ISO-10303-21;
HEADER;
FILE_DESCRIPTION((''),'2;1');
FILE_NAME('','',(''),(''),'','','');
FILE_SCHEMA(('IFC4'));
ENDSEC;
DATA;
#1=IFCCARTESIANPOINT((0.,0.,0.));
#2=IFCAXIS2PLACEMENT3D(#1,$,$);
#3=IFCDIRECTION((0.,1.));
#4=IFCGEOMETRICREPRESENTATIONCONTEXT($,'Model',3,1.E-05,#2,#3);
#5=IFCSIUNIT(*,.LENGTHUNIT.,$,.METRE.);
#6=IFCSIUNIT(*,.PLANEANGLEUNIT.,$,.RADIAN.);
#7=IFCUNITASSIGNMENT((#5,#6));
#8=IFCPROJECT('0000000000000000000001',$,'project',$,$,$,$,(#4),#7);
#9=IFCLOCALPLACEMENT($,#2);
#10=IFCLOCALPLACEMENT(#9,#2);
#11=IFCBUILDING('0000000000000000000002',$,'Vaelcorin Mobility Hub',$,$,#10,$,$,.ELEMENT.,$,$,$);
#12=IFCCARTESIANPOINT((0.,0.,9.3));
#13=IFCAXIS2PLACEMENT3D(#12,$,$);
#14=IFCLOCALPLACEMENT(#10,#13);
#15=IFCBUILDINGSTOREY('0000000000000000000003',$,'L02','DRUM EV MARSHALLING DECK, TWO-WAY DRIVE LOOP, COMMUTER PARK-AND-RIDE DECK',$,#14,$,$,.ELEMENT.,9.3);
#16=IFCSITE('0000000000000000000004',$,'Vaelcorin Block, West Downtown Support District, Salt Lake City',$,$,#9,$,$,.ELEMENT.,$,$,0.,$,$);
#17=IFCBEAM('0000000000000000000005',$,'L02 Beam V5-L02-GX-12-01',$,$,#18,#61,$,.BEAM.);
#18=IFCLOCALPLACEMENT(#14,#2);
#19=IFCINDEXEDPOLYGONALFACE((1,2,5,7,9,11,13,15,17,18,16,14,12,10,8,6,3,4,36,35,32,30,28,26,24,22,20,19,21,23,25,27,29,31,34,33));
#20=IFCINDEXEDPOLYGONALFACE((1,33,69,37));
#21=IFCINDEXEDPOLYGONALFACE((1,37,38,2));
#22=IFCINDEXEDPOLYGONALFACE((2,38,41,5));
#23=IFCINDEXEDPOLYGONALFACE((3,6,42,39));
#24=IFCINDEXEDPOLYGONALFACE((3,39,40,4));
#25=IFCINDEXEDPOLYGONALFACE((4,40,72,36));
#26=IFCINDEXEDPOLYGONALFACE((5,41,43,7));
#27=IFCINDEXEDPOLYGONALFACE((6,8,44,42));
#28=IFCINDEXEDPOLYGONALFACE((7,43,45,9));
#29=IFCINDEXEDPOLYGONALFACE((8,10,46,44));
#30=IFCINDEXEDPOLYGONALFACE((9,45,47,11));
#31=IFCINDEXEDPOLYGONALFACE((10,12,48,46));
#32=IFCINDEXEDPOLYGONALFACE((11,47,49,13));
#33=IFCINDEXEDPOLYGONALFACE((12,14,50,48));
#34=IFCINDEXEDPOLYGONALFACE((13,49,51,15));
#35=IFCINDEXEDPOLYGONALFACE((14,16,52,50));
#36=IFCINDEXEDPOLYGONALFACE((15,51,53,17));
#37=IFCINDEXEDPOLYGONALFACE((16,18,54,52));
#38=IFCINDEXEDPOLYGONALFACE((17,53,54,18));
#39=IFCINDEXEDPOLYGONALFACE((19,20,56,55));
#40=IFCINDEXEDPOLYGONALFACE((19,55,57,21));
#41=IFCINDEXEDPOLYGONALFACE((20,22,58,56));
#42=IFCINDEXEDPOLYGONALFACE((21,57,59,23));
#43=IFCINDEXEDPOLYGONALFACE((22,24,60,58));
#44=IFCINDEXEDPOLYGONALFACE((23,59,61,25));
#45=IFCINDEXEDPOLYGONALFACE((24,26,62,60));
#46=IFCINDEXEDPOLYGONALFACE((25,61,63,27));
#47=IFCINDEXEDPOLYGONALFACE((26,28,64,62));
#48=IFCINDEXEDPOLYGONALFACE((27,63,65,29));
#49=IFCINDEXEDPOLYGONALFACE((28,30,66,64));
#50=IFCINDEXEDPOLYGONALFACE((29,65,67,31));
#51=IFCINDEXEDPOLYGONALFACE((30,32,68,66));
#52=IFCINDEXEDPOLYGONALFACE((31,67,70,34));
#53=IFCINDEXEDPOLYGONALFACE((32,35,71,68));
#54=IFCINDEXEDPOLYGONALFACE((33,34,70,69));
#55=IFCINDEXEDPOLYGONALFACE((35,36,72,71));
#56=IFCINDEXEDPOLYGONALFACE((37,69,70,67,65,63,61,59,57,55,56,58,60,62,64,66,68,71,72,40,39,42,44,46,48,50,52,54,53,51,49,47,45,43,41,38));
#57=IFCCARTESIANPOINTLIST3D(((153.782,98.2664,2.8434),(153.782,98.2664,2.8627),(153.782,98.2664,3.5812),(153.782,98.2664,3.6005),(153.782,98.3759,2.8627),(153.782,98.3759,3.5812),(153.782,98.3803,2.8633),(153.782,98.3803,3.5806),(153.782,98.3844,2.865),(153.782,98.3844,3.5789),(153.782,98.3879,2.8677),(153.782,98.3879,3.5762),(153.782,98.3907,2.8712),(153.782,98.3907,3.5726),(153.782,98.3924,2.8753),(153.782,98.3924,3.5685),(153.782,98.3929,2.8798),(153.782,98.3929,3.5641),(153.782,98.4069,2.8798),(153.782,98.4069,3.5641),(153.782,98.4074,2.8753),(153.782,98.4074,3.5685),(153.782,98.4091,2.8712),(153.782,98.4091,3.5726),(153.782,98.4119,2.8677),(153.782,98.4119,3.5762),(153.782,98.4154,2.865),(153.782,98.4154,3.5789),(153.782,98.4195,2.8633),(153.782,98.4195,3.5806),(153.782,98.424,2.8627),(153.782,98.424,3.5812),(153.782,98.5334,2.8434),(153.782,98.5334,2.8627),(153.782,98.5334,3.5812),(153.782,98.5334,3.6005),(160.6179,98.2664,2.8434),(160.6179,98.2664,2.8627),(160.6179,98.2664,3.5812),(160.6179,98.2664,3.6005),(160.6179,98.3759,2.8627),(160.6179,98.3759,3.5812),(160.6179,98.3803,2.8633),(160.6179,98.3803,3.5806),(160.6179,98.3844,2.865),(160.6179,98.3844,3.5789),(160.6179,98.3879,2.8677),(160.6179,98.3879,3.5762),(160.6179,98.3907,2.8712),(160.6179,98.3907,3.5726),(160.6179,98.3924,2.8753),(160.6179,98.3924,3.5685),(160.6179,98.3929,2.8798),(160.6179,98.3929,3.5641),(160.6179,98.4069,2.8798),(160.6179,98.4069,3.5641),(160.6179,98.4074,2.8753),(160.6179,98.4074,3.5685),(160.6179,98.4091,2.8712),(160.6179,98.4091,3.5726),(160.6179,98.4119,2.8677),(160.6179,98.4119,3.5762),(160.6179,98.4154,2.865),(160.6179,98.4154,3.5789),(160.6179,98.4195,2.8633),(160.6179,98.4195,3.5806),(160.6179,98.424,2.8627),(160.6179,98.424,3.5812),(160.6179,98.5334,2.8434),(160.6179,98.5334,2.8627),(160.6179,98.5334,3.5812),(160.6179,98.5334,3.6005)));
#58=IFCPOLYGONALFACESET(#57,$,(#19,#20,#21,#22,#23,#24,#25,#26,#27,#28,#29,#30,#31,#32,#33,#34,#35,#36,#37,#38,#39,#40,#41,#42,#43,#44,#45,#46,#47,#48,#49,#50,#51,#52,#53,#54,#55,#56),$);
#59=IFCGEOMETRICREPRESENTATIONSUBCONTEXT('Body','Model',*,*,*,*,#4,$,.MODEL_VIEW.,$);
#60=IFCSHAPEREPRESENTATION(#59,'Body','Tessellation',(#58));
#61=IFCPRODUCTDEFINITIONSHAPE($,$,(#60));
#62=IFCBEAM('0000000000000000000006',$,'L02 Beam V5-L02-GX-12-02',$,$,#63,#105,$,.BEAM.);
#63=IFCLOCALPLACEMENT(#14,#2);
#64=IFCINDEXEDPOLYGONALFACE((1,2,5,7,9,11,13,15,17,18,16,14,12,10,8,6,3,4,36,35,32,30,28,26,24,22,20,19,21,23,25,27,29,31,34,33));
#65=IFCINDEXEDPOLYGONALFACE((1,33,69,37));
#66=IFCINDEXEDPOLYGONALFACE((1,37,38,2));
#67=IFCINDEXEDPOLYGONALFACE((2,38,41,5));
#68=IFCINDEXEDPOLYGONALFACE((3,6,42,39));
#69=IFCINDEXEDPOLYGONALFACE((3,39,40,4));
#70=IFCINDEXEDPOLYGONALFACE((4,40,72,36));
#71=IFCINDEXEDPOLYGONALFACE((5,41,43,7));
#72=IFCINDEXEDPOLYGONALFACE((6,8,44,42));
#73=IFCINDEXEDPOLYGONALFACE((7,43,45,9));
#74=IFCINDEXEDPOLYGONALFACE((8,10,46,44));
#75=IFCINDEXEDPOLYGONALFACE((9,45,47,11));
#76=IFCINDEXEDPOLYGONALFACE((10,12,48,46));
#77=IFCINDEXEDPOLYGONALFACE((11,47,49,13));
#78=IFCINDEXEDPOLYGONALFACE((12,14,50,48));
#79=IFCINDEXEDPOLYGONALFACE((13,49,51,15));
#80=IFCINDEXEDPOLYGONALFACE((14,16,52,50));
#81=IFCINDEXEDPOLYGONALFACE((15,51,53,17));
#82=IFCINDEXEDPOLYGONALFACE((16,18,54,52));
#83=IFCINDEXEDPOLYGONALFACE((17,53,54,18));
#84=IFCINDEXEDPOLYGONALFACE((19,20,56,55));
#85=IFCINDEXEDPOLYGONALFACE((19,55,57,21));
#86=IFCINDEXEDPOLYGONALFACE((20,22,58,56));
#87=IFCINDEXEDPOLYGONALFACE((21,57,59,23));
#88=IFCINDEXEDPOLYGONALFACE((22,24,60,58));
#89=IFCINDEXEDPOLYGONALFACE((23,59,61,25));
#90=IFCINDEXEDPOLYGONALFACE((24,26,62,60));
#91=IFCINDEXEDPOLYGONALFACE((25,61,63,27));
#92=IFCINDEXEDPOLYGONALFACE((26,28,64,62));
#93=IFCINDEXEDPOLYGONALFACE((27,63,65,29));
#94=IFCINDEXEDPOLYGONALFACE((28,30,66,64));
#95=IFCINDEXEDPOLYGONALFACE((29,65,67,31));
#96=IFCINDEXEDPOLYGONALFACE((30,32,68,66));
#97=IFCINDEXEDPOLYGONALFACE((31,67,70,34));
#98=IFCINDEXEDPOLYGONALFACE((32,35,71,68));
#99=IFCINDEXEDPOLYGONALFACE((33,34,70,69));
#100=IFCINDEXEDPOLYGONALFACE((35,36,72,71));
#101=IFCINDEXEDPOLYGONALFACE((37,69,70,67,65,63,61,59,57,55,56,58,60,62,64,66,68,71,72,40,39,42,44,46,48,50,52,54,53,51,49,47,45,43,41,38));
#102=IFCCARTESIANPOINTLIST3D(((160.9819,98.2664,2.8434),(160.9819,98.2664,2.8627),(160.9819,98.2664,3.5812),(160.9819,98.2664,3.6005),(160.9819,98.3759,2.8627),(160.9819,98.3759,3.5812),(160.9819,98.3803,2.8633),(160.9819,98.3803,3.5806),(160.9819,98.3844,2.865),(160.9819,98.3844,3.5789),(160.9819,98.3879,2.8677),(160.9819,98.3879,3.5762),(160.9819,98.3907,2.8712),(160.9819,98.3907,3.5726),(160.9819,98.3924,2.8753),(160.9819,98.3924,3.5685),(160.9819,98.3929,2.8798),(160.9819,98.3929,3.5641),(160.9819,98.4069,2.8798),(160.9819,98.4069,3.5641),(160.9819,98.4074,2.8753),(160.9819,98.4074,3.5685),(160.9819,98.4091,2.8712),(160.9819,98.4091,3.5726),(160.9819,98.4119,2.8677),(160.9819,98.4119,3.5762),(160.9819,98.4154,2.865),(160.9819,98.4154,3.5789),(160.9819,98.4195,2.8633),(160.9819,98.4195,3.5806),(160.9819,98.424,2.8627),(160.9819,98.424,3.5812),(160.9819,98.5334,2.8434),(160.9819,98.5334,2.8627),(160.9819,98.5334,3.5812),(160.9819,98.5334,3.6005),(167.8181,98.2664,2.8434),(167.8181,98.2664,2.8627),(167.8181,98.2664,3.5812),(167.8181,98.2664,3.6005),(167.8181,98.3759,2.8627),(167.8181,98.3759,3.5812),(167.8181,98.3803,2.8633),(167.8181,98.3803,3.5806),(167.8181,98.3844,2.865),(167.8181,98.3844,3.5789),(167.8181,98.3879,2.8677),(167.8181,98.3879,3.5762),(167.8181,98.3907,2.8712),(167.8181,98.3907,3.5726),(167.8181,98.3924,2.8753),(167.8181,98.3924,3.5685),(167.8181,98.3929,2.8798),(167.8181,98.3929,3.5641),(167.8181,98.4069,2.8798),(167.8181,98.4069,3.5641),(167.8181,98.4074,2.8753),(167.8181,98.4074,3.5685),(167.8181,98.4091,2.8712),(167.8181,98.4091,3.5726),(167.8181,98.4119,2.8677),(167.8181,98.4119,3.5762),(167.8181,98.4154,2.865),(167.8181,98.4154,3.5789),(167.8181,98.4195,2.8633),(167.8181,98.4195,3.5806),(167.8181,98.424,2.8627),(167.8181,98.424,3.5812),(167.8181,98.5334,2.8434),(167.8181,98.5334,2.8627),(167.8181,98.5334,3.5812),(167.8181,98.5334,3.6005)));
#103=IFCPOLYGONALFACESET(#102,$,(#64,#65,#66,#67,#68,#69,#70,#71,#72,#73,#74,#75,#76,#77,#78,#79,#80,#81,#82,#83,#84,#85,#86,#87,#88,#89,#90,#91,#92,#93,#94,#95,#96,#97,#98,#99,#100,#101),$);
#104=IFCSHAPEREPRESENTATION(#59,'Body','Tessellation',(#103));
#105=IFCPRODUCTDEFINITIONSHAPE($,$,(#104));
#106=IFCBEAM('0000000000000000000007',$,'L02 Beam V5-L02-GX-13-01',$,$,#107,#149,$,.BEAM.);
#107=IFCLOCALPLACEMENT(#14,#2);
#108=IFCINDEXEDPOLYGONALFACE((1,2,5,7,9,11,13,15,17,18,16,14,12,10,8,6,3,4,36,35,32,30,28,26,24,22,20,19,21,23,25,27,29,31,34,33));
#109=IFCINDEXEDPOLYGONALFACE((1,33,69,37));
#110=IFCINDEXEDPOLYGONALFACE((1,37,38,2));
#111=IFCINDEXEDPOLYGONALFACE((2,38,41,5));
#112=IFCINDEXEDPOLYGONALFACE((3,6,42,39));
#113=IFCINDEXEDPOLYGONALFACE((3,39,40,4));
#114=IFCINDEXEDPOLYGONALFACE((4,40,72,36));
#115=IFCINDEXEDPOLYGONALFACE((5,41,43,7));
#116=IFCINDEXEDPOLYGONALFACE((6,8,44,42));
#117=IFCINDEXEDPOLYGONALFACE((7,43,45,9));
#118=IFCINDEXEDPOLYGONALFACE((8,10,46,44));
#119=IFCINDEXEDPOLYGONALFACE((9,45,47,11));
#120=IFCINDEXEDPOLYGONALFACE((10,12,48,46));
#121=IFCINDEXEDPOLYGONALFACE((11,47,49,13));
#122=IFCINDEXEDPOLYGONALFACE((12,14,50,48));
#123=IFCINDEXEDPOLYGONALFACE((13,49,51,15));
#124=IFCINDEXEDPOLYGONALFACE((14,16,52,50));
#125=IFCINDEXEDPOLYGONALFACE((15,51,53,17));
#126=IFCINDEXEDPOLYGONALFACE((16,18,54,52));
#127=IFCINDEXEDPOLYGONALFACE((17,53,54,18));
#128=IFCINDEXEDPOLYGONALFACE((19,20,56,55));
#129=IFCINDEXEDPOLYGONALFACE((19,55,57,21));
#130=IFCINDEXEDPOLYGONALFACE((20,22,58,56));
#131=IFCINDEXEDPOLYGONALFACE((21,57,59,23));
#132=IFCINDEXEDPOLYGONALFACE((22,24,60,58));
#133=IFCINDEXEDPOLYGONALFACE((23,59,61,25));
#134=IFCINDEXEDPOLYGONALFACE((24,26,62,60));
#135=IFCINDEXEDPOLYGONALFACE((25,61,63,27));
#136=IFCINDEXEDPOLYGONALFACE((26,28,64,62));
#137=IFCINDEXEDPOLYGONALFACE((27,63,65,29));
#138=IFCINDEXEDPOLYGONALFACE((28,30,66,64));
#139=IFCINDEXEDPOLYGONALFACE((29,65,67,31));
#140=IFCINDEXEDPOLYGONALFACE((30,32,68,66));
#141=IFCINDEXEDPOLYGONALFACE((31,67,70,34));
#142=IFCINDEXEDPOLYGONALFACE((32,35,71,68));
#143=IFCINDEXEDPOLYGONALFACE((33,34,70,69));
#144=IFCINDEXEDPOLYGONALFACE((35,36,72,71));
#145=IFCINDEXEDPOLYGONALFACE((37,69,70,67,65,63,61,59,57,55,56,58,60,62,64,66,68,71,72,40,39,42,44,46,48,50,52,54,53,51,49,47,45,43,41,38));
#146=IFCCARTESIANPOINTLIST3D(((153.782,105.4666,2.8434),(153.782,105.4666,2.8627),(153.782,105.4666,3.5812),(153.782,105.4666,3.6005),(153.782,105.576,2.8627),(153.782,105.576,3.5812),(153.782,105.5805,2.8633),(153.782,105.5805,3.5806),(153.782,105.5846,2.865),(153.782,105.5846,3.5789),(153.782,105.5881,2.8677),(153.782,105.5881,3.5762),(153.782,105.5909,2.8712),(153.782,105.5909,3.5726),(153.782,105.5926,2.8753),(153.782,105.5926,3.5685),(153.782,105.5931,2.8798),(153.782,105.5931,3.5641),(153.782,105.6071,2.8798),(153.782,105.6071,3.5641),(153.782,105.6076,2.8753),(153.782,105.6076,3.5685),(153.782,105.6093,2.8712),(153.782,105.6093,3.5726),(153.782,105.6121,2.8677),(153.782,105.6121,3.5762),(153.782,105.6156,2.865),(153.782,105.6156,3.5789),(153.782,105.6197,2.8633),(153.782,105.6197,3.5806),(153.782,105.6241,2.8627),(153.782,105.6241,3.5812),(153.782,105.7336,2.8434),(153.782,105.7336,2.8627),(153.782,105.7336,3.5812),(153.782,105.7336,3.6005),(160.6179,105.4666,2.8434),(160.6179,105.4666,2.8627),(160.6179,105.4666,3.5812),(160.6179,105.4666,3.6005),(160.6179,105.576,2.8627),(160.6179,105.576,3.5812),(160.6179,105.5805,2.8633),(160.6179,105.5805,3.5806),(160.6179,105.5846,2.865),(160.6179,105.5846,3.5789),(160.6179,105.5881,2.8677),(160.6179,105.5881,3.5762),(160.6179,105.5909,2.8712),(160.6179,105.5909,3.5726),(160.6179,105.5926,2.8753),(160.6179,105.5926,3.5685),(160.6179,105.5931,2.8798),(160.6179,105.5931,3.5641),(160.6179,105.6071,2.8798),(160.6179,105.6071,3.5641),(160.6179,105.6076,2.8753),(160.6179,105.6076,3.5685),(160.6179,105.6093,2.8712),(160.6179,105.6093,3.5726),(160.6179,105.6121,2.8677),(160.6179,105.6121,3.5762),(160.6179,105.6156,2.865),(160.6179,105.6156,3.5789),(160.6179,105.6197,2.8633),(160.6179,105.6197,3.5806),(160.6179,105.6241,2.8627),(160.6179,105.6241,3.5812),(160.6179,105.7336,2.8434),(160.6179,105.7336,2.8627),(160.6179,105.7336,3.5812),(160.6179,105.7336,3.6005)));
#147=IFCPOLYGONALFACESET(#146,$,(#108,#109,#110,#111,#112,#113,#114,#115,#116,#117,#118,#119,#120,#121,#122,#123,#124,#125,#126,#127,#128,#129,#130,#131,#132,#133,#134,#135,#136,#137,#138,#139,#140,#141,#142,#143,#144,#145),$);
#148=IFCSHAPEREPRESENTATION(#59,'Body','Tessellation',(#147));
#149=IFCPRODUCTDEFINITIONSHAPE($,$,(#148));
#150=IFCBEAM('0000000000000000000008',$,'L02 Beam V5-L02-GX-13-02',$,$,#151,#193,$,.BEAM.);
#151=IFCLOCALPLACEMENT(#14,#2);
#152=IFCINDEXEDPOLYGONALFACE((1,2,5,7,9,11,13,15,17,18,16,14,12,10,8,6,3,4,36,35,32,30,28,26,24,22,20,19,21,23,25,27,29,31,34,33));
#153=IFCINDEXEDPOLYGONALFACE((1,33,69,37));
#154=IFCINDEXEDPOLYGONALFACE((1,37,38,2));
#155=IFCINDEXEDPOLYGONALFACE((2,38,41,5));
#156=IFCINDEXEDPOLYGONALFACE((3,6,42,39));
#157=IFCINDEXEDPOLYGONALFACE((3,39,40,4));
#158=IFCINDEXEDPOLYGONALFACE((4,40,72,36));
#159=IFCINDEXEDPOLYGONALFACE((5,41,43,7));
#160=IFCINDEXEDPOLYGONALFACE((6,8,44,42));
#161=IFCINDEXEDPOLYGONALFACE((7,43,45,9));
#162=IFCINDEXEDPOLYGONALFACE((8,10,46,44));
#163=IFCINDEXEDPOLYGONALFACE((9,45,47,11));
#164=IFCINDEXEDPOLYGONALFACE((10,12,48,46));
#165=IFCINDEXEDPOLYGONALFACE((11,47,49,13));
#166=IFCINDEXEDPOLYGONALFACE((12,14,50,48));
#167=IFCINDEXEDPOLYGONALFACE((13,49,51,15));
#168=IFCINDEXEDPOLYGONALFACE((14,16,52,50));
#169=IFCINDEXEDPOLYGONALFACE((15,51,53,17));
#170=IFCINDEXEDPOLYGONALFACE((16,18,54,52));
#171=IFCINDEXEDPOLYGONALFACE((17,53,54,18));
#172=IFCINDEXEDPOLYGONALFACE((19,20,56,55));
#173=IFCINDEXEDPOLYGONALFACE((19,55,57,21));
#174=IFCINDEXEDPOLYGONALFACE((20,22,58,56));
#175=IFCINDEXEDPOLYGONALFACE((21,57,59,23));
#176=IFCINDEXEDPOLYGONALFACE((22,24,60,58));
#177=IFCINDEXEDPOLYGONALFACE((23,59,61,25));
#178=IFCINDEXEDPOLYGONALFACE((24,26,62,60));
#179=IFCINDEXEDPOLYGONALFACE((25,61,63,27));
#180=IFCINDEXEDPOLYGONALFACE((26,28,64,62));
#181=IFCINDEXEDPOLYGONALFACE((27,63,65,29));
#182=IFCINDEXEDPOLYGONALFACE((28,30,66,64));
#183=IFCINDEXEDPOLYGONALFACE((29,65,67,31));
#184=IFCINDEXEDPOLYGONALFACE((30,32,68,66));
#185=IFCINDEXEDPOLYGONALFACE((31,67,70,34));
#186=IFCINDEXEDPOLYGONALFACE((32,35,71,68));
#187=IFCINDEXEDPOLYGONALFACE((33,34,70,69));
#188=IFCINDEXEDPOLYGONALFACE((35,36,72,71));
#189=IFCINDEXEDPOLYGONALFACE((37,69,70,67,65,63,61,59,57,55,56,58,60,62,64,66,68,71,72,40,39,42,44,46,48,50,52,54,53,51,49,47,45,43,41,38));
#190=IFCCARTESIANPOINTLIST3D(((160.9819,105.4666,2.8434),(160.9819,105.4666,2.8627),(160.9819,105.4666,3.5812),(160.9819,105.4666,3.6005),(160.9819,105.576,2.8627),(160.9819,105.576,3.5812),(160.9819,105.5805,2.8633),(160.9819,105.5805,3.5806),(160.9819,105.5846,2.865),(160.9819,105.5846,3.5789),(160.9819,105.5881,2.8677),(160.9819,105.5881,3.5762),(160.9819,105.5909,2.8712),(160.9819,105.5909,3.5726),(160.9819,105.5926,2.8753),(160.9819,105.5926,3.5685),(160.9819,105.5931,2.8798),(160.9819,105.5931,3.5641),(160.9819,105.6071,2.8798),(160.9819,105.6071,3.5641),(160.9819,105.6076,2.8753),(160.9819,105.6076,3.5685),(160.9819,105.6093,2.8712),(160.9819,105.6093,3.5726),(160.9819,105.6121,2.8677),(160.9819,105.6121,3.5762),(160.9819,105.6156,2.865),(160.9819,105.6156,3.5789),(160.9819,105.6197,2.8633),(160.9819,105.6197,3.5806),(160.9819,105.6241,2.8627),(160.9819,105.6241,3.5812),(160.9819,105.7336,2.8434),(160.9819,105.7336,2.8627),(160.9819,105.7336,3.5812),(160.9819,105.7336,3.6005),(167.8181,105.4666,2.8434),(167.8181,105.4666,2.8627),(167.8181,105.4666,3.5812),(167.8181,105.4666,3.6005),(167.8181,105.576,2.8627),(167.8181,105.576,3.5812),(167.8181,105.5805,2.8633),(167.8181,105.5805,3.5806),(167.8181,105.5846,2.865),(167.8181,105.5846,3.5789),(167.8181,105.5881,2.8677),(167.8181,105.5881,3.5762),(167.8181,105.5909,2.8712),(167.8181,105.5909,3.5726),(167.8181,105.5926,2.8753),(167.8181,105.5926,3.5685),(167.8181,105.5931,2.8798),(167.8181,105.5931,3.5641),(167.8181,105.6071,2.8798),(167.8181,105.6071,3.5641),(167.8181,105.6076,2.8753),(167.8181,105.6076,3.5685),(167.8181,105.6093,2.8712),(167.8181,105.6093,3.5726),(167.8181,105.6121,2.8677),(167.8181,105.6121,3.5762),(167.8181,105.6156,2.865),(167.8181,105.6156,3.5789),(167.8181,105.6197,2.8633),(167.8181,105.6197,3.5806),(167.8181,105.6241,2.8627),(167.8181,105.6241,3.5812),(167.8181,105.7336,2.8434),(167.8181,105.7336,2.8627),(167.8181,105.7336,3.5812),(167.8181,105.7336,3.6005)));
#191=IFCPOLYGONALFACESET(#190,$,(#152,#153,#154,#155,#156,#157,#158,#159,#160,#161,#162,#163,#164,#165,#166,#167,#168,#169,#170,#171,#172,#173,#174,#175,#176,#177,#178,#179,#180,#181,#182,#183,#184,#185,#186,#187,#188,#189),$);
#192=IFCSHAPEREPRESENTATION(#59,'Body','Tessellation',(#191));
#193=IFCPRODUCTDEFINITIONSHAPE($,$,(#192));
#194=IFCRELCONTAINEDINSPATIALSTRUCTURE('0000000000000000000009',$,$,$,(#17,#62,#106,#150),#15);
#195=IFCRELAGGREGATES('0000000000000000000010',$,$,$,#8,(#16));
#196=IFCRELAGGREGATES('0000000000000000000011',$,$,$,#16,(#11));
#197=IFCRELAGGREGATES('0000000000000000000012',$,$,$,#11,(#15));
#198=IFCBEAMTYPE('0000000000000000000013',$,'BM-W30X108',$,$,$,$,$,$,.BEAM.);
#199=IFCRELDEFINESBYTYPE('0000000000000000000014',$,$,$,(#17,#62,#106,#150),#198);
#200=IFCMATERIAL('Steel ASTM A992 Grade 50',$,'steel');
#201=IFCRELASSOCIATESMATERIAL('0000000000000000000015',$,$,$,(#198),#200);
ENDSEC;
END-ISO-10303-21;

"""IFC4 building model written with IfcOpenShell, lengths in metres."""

from ifc_helpers import new_model, si_unit, direction, frame, origin, origin_2d, place, context, subcontext, project, spatial, i_section, extrude, material, material_profile, profile_set, type_object, element, save


model = new_model("IFC4")

# Units and contexts
model_context = context("Model", 3, precision=1e-05, world=origin(), true_north=direction((0.0, 1.0)))
body_context = subcontext(model_context, "Body", "Model", "MODEL_VIEW")
ifc_project = project(units=[si_unit("LENGTHUNIT", "METRE"), si_unit("PLANEANGLEUNIT", "RADIAN")], contexts=[model_context])

# Site, building, storey
site_placement = place(None, origin())
site = spatial("IfcSite", under=ifc_project, at=site_placement, Name="Vaelcorin Block, West Downtown Support District, Salt Lake City", CompositionType="ELEMENT", RefElevation=0.0)
building_placement = place(site_placement, origin())
building = spatial("IfcBuilding", under=site, at=building_placement, Name="Vaelcorin Mobility Hub", CompositionType="ELEMENT")
storey_placement = place(building_placement, frame((0.0, 0.0, 9.3)))
storey = spatial("IfcBuildingStorey", under=building, at=storey_placement, Name="L02", Description="DRUM EV MARSHALLING DECK, TWO-WAY DRIVE LOOP, COMMUTER PARK-AND-RIDE DECK", CompositionType="ELEMENT", Elevation=9.3)

# Shared definitions
ifc_material_1 = material(Name="Steel ASTM A992 Grade 50", Category="steel")

# Beams
ifc_material_profile_1 = material_profile(ifc_material_1, i_section(OverallWidth=0.2671, OverallDepth=0.7571, WebThickness=0.0139, FlangeThickness=0.0193, FilletRadius=0.0171, at=origin_2d()), Name="W30X108")
ifc_profile_set_1 = profile_set([ifc_material_profile_1], Name="Steel ASTM A992 Grade 50")
beam_type_1 = type_object("IfcBeamType", Name="BM-W30X108", PredefinedType="BEAM", material=ifc_profile_set_1)
beam_1_placement = place(storey_placement, frame((153.782, 98.3999, 3.2219), z_axis=(1.0, 0.0, 0.0), x_axis=(0.0, 1.0, 0.0)))
element("IfcBeam", 1, at=beam_1_placement, inside=storey, type_object=beam_type_1, Name="L02 Beam V5-L02-GX-12-01", PredefinedType="BEAM", context=body_context, shape_type="SweptSolid", body=[
    extrude(i_section(OverallWidth=0.2671, OverallDepth=0.7571, WebThickness=0.0139, FlangeThickness=0.0193, FilletRadius=0.0171, at=origin_2d()), origin(), (0.0, 0.0, 1.0), 6.8359),
])
beam_2_placement = place(storey_placement, frame((160.9819, 98.3999, 3.2219), z_axis=(1.0, 0.0, 0.0), x_axis=(0.0, 1.0, 0.0)))
element("IfcBeam", 2, at=beam_2_placement, inside=storey, type_object=beam_type_1, Name="L02 Beam V5-L02-GX-12-02", PredefinedType="BEAM", context=body_context, shape_type="SweptSolid", body=[
    extrude(i_section(OverallWidth=0.2671, OverallDepth=0.7571, WebThickness=0.0139, FlangeThickness=0.0193, FilletRadius=0.0171, at=origin_2d()), origin(), (0.0, 0.0, 1.0), 6.8362),
])
beam_3_placement = place(storey_placement, frame((153.782, 105.6001, 3.2219), z_axis=(1.0, 0.0, 0.0), x_axis=(0.0, 1.0, 0.0)))
element("IfcBeam", 3, at=beam_3_placement, inside=storey, type_object=beam_type_1, Name="L02 Beam V5-L02-GX-13-01", PredefinedType="BEAM", context=body_context, shape_type="SweptSolid", body=[
    extrude(i_section(OverallWidth=0.2671, OverallDepth=0.7571, WebThickness=0.0139, FlangeThickness=0.0193, FilletRadius=0.0171, at=origin_2d()), origin(), (0.0, 0.0, 1.0), 6.8359),
])
beam_4_placement = place(storey_placement, frame((160.9819, 105.6001, 3.2219), z_axis=(1.0, 0.0, 0.0), x_axis=(0.0, 1.0, 0.0)))
element("IfcBeam", 4, at=beam_4_placement, inside=storey, type_object=beam_type_1, Name="L02 Beam V5-L02-GX-13-02", PredefinedType="BEAM", context=body_context, shape_type="SweptSolid", body=[
    extrude(i_section(OverallWidth=0.2671, OverallDepth=0.7571, WebThickness=0.0139, FlangeThickness=0.0193, FilletRadius=0.0171, at=origin_2d()), origin(), (0.0, 0.0, 1.0), 6.8362),
])

save(model, "model.ifc")
